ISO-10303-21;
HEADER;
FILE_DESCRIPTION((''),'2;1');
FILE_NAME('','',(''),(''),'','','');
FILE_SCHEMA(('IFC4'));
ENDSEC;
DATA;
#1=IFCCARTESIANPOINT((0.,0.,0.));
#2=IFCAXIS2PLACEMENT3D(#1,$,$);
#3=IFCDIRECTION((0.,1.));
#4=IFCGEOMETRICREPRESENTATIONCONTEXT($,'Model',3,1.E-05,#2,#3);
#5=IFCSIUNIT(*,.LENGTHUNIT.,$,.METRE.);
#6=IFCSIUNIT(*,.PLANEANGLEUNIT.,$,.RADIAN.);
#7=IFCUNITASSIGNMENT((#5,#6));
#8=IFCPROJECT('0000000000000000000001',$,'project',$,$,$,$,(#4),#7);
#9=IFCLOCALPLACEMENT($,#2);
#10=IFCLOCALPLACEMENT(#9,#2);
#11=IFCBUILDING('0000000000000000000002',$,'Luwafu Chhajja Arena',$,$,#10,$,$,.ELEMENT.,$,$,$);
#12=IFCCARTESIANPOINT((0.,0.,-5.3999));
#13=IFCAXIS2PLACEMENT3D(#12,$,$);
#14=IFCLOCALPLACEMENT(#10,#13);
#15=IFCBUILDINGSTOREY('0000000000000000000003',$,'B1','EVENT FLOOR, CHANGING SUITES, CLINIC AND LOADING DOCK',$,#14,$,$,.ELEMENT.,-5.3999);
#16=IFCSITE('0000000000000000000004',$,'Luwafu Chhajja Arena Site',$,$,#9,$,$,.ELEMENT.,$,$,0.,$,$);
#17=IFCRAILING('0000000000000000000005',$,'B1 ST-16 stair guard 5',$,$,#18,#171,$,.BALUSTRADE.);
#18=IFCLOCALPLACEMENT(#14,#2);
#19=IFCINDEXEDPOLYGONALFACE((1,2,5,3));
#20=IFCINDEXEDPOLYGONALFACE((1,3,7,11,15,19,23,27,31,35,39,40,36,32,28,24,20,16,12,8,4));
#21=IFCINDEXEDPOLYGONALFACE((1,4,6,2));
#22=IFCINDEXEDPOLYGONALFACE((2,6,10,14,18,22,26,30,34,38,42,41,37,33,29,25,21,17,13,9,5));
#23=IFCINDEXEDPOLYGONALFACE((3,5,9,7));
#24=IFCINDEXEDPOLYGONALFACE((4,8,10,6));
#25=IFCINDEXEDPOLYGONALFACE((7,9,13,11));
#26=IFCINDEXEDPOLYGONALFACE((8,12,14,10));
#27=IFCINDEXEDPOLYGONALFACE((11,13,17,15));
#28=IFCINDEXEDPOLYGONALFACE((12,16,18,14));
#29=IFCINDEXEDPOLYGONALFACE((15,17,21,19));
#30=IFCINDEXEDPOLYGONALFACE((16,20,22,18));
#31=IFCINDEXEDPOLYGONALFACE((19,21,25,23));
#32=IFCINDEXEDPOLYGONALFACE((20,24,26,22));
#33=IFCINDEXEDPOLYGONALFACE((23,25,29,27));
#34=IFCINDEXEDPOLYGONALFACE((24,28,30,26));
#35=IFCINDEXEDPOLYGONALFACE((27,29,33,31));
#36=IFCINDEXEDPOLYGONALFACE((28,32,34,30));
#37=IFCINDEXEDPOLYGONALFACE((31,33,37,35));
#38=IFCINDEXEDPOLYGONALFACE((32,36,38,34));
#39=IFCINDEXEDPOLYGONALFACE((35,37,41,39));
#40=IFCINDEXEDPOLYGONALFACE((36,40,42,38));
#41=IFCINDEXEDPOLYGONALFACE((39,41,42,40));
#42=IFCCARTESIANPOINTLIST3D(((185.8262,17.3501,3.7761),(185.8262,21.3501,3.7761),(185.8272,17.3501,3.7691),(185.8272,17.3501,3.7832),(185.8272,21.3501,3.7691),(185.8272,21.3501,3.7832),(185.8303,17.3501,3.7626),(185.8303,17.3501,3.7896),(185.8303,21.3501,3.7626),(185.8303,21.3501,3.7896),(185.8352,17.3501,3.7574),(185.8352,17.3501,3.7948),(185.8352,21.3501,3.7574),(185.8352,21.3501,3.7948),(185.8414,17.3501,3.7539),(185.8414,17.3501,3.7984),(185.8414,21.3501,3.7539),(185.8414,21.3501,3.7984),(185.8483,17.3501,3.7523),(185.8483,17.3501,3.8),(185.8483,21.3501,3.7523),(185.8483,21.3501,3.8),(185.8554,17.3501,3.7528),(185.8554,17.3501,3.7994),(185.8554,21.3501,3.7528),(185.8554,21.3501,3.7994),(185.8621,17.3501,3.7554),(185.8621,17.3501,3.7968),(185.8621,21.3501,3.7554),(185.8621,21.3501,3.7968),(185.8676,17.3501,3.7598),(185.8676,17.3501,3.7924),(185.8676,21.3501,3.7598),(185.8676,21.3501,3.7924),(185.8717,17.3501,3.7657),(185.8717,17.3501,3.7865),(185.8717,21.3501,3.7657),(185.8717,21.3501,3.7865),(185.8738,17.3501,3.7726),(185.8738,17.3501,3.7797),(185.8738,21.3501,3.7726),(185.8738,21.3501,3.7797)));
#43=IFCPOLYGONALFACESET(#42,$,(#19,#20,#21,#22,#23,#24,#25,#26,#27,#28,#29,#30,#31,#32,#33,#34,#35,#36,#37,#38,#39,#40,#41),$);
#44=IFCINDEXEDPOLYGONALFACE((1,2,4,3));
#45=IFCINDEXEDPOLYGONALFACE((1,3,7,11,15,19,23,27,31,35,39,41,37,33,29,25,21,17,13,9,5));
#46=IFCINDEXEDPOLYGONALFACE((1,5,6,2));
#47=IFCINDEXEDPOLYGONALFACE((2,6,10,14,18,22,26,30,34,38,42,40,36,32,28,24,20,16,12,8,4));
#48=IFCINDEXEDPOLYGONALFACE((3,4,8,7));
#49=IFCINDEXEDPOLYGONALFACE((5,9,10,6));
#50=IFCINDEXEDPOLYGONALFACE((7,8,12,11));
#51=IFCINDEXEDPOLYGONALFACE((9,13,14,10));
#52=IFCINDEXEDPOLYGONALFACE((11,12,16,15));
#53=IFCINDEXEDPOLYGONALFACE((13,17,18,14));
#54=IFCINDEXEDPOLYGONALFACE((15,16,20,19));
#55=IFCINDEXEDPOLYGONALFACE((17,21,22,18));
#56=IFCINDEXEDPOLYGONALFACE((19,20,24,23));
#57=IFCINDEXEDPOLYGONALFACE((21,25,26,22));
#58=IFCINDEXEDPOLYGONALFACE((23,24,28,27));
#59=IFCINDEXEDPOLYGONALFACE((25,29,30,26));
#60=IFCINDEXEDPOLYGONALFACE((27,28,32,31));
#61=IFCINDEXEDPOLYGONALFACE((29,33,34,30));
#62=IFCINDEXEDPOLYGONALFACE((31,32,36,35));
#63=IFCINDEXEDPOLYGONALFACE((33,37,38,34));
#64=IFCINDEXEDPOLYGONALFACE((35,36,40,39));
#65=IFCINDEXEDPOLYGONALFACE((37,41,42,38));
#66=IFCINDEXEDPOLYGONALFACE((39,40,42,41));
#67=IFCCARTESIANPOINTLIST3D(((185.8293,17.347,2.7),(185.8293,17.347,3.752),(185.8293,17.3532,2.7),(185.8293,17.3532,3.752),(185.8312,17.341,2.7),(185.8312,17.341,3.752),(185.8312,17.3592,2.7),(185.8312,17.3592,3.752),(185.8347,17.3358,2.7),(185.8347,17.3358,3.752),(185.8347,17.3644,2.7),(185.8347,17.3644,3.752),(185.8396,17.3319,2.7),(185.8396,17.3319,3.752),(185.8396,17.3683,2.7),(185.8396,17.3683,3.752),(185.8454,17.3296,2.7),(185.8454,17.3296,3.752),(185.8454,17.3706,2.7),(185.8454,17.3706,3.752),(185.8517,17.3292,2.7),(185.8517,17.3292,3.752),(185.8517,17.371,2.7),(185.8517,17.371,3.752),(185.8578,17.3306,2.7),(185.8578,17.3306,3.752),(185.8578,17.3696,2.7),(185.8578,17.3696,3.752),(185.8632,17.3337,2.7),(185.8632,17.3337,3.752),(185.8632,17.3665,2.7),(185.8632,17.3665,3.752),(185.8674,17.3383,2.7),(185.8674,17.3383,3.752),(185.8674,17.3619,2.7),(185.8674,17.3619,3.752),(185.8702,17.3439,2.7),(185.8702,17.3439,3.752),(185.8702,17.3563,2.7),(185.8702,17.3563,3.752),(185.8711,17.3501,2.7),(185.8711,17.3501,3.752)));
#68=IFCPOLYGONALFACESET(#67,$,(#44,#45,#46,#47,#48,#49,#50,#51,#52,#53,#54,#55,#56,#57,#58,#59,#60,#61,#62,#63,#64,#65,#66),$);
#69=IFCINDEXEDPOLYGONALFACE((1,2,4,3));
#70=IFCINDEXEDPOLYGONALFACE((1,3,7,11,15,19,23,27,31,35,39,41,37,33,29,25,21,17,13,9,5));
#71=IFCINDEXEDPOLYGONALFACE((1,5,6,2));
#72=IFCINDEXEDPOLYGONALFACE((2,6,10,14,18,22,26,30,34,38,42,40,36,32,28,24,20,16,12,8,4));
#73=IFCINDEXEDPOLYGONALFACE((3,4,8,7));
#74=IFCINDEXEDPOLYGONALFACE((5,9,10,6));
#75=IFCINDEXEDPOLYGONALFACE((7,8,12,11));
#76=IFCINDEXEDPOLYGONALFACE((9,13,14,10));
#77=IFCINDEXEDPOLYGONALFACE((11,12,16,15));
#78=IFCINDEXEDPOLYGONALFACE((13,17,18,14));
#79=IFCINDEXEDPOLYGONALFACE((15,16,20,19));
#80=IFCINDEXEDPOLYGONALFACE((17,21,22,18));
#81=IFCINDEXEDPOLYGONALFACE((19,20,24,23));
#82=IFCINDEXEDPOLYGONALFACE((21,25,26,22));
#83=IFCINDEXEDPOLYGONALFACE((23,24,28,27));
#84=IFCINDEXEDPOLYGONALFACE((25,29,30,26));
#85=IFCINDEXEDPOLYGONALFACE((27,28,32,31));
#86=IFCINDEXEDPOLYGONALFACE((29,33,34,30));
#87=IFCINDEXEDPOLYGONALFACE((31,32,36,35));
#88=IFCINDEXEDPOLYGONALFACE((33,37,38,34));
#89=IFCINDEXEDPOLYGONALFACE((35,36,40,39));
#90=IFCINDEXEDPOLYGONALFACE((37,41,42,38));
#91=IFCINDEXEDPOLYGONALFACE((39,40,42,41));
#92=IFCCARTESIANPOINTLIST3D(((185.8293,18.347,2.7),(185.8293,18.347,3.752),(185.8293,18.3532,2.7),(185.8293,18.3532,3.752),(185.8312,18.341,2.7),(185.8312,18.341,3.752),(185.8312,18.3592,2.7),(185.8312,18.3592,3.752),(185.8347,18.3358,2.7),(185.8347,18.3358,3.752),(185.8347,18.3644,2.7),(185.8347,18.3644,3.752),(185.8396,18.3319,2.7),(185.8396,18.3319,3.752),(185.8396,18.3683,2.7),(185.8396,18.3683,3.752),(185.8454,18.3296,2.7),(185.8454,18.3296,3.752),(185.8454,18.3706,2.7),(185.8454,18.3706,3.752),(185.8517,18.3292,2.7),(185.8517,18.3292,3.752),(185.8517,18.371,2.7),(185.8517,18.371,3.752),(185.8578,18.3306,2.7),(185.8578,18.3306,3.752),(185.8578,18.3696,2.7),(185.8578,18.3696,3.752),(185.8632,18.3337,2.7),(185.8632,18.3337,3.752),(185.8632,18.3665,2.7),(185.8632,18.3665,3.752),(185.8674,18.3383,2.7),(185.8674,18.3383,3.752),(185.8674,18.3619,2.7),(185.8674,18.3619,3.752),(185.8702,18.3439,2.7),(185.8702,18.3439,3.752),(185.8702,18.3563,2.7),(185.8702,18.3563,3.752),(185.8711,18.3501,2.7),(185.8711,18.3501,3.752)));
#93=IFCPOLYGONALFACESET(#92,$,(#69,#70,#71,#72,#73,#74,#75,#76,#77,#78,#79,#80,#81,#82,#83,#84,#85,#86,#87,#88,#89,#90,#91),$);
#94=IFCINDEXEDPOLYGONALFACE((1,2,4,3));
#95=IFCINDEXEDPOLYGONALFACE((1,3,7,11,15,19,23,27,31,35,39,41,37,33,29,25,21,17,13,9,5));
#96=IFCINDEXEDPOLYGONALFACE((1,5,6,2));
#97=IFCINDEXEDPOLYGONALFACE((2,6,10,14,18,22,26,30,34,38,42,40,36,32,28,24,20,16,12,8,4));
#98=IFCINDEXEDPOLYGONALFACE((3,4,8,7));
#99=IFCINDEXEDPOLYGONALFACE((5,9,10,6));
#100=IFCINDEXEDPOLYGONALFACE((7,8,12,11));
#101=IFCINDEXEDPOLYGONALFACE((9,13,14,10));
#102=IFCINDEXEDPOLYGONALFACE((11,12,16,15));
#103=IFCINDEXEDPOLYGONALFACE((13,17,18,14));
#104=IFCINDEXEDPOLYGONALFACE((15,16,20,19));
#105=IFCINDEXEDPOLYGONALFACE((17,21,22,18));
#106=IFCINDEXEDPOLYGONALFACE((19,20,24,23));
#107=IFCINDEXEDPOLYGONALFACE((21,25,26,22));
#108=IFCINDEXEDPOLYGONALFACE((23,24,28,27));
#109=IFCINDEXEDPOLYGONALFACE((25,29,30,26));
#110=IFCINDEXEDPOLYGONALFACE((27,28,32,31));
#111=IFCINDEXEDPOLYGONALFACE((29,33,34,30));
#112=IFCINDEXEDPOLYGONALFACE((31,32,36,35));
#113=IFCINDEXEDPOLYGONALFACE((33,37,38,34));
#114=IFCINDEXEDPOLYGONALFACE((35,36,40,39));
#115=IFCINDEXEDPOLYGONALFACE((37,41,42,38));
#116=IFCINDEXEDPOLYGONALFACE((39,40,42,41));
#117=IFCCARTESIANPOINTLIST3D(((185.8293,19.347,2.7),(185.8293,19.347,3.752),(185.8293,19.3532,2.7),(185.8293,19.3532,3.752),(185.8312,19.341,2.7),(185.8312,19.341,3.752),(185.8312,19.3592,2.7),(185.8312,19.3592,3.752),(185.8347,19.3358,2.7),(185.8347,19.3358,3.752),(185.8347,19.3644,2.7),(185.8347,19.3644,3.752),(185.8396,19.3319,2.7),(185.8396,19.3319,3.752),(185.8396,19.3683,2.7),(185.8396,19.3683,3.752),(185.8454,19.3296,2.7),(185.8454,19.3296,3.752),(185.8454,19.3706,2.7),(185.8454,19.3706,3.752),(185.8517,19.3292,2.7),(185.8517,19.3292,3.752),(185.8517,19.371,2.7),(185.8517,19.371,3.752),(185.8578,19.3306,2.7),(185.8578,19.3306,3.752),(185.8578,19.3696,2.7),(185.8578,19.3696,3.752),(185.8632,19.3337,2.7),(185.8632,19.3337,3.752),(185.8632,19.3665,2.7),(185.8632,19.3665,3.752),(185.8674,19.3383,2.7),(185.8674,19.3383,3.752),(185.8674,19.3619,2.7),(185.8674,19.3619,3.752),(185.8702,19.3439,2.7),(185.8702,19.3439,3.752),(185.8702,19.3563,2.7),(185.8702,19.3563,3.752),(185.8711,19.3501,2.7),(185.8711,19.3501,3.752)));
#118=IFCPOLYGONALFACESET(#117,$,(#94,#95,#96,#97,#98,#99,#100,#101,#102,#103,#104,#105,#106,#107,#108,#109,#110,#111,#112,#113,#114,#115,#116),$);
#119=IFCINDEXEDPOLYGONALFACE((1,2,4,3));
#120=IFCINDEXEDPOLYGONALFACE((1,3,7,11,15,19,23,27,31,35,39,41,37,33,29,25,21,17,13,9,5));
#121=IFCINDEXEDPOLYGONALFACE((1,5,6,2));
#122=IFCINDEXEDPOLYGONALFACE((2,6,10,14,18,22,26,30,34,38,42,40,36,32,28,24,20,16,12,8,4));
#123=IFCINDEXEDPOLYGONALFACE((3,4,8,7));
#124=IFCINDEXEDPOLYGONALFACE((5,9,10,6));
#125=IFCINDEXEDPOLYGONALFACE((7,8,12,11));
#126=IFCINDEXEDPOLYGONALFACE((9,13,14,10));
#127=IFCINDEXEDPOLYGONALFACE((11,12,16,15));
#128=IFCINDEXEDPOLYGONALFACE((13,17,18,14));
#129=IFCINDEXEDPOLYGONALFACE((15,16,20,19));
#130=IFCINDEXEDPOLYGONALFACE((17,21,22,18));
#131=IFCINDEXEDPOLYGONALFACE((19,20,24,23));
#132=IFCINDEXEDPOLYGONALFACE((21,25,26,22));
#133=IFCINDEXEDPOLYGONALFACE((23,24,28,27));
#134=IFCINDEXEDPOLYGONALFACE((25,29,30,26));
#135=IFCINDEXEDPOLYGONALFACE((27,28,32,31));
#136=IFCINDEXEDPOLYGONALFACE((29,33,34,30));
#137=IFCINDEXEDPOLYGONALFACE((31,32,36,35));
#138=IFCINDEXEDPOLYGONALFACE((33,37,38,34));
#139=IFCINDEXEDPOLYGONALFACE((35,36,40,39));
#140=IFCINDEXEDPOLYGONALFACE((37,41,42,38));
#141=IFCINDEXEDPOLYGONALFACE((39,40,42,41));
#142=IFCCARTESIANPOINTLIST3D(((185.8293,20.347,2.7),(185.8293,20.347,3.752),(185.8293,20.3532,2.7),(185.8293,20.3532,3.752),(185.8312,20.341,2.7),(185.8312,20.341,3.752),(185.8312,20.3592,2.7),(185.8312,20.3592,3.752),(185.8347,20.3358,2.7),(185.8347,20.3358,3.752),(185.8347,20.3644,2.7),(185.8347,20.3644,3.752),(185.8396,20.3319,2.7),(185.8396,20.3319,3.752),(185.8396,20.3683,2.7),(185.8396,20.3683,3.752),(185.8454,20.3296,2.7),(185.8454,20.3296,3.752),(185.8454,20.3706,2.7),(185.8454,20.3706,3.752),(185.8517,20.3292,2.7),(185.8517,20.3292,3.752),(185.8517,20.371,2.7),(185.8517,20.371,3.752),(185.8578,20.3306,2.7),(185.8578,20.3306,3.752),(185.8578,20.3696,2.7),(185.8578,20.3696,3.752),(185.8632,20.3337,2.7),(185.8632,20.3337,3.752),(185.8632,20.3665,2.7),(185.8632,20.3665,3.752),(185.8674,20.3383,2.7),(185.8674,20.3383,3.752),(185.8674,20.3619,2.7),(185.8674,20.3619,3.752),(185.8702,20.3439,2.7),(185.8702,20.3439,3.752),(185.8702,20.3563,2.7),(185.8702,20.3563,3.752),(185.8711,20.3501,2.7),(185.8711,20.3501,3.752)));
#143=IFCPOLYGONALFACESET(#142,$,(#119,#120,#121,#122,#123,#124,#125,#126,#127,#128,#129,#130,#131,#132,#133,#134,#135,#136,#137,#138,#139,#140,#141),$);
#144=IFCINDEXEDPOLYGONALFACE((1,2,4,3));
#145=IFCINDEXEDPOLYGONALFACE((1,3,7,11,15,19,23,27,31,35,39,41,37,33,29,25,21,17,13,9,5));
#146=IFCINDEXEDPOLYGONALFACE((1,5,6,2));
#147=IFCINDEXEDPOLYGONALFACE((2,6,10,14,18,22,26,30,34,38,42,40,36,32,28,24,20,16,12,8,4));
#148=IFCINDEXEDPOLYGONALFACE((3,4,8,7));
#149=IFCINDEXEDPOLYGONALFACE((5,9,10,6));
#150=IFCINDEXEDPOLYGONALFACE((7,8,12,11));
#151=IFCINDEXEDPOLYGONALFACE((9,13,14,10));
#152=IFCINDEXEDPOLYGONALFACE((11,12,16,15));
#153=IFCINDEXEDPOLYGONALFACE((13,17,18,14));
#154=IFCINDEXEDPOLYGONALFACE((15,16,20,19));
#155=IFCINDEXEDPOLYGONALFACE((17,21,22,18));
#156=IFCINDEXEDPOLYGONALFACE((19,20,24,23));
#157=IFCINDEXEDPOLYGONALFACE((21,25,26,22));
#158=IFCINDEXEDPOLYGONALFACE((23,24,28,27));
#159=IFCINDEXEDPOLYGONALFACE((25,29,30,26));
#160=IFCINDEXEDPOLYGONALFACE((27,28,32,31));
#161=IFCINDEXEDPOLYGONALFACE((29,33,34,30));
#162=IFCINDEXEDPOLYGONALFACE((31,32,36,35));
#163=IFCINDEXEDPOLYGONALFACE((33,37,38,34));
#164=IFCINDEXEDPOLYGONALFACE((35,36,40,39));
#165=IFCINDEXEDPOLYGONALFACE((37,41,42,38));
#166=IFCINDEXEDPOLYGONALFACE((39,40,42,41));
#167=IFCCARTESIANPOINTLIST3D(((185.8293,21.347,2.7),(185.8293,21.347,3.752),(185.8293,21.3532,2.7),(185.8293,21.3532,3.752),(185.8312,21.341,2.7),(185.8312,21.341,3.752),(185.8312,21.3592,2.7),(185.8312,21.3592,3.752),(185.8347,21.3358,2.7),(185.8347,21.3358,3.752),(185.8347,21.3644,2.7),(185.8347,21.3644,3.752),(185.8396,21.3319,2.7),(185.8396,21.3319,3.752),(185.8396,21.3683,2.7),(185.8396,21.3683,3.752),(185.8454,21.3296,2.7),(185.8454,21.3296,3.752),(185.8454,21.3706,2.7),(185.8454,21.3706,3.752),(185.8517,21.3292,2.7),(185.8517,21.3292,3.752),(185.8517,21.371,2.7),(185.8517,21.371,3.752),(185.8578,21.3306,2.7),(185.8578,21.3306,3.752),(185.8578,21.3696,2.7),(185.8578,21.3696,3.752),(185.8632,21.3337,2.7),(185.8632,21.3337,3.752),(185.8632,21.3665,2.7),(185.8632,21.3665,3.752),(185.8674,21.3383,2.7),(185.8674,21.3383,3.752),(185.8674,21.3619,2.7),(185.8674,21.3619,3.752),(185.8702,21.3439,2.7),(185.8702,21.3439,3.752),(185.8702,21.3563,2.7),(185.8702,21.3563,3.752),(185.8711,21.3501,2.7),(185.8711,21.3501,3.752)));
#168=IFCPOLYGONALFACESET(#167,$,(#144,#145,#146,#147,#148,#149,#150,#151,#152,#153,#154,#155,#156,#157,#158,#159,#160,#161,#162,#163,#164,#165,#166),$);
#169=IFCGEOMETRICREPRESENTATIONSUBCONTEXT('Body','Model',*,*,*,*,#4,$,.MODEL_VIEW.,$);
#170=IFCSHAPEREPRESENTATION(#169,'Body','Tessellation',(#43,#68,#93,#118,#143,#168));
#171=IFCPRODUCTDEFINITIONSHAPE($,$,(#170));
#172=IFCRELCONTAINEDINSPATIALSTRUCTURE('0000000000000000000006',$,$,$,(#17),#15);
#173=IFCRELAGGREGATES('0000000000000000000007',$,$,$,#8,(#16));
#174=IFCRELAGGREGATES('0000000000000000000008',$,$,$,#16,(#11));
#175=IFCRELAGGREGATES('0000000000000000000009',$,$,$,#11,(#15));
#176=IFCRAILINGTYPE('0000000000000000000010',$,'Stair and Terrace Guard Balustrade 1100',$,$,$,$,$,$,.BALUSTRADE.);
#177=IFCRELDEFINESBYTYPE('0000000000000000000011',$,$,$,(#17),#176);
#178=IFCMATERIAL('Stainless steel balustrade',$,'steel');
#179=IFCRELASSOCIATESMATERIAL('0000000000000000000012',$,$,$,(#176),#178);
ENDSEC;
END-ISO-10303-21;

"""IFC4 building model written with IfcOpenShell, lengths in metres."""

from ifc_helpers import new_model, si_unit, direction, frame, origin, origin_2d, place, context, subcontext, project, spatial, circle, extrude, material, type_object, element, save


model = new_model("IFC4")

# Units and contexts
model_context = context("Model", 3, precision=1e-05, world=origin(), true_north=direction((0.0, 1.0)))
body_context = subcontext(model_context, "Body", "Model", "MODEL_VIEW")
ifc_project = project(units=[si_unit("LENGTHUNIT", "METRE"), si_unit("PLANEANGLEUNIT", "RADIAN")], contexts=[model_context])

# Site, building, storey
site_placement = place(None, origin())
site = spatial("IfcSite", under=ifc_project, at=site_placement, Name="Luwafu Chhajja Arena Site", CompositionType="ELEMENT", RefElevation=0.0)
building_placement = place(site_placement, origin())
building = spatial("IfcBuilding", under=site, at=building_placement, Name="Luwafu Chhajja Arena", CompositionType="ELEMENT")
storey_placement = place(building_placement, frame((0.0, 0.0, -5.3999)))
storey = spatial("IfcBuildingStorey", under=building, at=storey_placement, Name="B1", Description="EVENT FLOOR, CHANGING SUITES, CLINIC AND LOADING DOCK", CompositionType="ELEMENT", Elevation=-5.3999)

# Railing
ifc_material_1 = material(Name="Stainless steel balustrade", Category="steel")
railing_type_1 = type_object("IfcRailingType", Name="Stair and Terrace Guard Balustrade 1100", PredefinedType="BALUSTRADE", material=ifc_material_1)
railing_1_placement = place(storey_placement, frame((185.8501, 17.3501, 2.7)))
element("IfcRailing", 1, at=railing_1_placement, inside=storey, type_object=railing_type_1, Name="B1 ST-16 stair guard 5", PredefinedType="BALUSTRADE", context=body_context, shape_type="SweptSolid", body=[
    extrude(circle(Radius=0.0239, at=origin_2d()), frame((0.0, 0.0, 1.0762), z_axis=(0.0, 1.0, 0.0), x_axis=(-1.0, 0.0, 0.0)), (0.0, 0.0, 1.0), 4.0),
    extrude(circle(Radius=0.021, at=origin_2d()), origin(), (0.0, 0.0, 1.0), 1.052),
    extrude(circle(Radius=0.021, at=origin_2d()), frame((0.0, 1.0, 0.0)), (0.0, 0.0, 1.0), 1.052),
    extrude(circle(Radius=0.021, at=origin_2d()), frame((0.0, 2.0, 0.0)), (0.0, 0.0, 1.0), 1.052),
    extrude(circle(Radius=0.021, at=origin_2d()), frame((0.0, 3.0, 0.0)), (0.0, 0.0, 1.0), 1.052),
    extrude(circle(Radius=0.021, at=origin_2d()), frame((0.0, 4.0, 0.0)), (0.0, 0.0, 1.0), 1.052),
])

save(model, "model.ifc")
